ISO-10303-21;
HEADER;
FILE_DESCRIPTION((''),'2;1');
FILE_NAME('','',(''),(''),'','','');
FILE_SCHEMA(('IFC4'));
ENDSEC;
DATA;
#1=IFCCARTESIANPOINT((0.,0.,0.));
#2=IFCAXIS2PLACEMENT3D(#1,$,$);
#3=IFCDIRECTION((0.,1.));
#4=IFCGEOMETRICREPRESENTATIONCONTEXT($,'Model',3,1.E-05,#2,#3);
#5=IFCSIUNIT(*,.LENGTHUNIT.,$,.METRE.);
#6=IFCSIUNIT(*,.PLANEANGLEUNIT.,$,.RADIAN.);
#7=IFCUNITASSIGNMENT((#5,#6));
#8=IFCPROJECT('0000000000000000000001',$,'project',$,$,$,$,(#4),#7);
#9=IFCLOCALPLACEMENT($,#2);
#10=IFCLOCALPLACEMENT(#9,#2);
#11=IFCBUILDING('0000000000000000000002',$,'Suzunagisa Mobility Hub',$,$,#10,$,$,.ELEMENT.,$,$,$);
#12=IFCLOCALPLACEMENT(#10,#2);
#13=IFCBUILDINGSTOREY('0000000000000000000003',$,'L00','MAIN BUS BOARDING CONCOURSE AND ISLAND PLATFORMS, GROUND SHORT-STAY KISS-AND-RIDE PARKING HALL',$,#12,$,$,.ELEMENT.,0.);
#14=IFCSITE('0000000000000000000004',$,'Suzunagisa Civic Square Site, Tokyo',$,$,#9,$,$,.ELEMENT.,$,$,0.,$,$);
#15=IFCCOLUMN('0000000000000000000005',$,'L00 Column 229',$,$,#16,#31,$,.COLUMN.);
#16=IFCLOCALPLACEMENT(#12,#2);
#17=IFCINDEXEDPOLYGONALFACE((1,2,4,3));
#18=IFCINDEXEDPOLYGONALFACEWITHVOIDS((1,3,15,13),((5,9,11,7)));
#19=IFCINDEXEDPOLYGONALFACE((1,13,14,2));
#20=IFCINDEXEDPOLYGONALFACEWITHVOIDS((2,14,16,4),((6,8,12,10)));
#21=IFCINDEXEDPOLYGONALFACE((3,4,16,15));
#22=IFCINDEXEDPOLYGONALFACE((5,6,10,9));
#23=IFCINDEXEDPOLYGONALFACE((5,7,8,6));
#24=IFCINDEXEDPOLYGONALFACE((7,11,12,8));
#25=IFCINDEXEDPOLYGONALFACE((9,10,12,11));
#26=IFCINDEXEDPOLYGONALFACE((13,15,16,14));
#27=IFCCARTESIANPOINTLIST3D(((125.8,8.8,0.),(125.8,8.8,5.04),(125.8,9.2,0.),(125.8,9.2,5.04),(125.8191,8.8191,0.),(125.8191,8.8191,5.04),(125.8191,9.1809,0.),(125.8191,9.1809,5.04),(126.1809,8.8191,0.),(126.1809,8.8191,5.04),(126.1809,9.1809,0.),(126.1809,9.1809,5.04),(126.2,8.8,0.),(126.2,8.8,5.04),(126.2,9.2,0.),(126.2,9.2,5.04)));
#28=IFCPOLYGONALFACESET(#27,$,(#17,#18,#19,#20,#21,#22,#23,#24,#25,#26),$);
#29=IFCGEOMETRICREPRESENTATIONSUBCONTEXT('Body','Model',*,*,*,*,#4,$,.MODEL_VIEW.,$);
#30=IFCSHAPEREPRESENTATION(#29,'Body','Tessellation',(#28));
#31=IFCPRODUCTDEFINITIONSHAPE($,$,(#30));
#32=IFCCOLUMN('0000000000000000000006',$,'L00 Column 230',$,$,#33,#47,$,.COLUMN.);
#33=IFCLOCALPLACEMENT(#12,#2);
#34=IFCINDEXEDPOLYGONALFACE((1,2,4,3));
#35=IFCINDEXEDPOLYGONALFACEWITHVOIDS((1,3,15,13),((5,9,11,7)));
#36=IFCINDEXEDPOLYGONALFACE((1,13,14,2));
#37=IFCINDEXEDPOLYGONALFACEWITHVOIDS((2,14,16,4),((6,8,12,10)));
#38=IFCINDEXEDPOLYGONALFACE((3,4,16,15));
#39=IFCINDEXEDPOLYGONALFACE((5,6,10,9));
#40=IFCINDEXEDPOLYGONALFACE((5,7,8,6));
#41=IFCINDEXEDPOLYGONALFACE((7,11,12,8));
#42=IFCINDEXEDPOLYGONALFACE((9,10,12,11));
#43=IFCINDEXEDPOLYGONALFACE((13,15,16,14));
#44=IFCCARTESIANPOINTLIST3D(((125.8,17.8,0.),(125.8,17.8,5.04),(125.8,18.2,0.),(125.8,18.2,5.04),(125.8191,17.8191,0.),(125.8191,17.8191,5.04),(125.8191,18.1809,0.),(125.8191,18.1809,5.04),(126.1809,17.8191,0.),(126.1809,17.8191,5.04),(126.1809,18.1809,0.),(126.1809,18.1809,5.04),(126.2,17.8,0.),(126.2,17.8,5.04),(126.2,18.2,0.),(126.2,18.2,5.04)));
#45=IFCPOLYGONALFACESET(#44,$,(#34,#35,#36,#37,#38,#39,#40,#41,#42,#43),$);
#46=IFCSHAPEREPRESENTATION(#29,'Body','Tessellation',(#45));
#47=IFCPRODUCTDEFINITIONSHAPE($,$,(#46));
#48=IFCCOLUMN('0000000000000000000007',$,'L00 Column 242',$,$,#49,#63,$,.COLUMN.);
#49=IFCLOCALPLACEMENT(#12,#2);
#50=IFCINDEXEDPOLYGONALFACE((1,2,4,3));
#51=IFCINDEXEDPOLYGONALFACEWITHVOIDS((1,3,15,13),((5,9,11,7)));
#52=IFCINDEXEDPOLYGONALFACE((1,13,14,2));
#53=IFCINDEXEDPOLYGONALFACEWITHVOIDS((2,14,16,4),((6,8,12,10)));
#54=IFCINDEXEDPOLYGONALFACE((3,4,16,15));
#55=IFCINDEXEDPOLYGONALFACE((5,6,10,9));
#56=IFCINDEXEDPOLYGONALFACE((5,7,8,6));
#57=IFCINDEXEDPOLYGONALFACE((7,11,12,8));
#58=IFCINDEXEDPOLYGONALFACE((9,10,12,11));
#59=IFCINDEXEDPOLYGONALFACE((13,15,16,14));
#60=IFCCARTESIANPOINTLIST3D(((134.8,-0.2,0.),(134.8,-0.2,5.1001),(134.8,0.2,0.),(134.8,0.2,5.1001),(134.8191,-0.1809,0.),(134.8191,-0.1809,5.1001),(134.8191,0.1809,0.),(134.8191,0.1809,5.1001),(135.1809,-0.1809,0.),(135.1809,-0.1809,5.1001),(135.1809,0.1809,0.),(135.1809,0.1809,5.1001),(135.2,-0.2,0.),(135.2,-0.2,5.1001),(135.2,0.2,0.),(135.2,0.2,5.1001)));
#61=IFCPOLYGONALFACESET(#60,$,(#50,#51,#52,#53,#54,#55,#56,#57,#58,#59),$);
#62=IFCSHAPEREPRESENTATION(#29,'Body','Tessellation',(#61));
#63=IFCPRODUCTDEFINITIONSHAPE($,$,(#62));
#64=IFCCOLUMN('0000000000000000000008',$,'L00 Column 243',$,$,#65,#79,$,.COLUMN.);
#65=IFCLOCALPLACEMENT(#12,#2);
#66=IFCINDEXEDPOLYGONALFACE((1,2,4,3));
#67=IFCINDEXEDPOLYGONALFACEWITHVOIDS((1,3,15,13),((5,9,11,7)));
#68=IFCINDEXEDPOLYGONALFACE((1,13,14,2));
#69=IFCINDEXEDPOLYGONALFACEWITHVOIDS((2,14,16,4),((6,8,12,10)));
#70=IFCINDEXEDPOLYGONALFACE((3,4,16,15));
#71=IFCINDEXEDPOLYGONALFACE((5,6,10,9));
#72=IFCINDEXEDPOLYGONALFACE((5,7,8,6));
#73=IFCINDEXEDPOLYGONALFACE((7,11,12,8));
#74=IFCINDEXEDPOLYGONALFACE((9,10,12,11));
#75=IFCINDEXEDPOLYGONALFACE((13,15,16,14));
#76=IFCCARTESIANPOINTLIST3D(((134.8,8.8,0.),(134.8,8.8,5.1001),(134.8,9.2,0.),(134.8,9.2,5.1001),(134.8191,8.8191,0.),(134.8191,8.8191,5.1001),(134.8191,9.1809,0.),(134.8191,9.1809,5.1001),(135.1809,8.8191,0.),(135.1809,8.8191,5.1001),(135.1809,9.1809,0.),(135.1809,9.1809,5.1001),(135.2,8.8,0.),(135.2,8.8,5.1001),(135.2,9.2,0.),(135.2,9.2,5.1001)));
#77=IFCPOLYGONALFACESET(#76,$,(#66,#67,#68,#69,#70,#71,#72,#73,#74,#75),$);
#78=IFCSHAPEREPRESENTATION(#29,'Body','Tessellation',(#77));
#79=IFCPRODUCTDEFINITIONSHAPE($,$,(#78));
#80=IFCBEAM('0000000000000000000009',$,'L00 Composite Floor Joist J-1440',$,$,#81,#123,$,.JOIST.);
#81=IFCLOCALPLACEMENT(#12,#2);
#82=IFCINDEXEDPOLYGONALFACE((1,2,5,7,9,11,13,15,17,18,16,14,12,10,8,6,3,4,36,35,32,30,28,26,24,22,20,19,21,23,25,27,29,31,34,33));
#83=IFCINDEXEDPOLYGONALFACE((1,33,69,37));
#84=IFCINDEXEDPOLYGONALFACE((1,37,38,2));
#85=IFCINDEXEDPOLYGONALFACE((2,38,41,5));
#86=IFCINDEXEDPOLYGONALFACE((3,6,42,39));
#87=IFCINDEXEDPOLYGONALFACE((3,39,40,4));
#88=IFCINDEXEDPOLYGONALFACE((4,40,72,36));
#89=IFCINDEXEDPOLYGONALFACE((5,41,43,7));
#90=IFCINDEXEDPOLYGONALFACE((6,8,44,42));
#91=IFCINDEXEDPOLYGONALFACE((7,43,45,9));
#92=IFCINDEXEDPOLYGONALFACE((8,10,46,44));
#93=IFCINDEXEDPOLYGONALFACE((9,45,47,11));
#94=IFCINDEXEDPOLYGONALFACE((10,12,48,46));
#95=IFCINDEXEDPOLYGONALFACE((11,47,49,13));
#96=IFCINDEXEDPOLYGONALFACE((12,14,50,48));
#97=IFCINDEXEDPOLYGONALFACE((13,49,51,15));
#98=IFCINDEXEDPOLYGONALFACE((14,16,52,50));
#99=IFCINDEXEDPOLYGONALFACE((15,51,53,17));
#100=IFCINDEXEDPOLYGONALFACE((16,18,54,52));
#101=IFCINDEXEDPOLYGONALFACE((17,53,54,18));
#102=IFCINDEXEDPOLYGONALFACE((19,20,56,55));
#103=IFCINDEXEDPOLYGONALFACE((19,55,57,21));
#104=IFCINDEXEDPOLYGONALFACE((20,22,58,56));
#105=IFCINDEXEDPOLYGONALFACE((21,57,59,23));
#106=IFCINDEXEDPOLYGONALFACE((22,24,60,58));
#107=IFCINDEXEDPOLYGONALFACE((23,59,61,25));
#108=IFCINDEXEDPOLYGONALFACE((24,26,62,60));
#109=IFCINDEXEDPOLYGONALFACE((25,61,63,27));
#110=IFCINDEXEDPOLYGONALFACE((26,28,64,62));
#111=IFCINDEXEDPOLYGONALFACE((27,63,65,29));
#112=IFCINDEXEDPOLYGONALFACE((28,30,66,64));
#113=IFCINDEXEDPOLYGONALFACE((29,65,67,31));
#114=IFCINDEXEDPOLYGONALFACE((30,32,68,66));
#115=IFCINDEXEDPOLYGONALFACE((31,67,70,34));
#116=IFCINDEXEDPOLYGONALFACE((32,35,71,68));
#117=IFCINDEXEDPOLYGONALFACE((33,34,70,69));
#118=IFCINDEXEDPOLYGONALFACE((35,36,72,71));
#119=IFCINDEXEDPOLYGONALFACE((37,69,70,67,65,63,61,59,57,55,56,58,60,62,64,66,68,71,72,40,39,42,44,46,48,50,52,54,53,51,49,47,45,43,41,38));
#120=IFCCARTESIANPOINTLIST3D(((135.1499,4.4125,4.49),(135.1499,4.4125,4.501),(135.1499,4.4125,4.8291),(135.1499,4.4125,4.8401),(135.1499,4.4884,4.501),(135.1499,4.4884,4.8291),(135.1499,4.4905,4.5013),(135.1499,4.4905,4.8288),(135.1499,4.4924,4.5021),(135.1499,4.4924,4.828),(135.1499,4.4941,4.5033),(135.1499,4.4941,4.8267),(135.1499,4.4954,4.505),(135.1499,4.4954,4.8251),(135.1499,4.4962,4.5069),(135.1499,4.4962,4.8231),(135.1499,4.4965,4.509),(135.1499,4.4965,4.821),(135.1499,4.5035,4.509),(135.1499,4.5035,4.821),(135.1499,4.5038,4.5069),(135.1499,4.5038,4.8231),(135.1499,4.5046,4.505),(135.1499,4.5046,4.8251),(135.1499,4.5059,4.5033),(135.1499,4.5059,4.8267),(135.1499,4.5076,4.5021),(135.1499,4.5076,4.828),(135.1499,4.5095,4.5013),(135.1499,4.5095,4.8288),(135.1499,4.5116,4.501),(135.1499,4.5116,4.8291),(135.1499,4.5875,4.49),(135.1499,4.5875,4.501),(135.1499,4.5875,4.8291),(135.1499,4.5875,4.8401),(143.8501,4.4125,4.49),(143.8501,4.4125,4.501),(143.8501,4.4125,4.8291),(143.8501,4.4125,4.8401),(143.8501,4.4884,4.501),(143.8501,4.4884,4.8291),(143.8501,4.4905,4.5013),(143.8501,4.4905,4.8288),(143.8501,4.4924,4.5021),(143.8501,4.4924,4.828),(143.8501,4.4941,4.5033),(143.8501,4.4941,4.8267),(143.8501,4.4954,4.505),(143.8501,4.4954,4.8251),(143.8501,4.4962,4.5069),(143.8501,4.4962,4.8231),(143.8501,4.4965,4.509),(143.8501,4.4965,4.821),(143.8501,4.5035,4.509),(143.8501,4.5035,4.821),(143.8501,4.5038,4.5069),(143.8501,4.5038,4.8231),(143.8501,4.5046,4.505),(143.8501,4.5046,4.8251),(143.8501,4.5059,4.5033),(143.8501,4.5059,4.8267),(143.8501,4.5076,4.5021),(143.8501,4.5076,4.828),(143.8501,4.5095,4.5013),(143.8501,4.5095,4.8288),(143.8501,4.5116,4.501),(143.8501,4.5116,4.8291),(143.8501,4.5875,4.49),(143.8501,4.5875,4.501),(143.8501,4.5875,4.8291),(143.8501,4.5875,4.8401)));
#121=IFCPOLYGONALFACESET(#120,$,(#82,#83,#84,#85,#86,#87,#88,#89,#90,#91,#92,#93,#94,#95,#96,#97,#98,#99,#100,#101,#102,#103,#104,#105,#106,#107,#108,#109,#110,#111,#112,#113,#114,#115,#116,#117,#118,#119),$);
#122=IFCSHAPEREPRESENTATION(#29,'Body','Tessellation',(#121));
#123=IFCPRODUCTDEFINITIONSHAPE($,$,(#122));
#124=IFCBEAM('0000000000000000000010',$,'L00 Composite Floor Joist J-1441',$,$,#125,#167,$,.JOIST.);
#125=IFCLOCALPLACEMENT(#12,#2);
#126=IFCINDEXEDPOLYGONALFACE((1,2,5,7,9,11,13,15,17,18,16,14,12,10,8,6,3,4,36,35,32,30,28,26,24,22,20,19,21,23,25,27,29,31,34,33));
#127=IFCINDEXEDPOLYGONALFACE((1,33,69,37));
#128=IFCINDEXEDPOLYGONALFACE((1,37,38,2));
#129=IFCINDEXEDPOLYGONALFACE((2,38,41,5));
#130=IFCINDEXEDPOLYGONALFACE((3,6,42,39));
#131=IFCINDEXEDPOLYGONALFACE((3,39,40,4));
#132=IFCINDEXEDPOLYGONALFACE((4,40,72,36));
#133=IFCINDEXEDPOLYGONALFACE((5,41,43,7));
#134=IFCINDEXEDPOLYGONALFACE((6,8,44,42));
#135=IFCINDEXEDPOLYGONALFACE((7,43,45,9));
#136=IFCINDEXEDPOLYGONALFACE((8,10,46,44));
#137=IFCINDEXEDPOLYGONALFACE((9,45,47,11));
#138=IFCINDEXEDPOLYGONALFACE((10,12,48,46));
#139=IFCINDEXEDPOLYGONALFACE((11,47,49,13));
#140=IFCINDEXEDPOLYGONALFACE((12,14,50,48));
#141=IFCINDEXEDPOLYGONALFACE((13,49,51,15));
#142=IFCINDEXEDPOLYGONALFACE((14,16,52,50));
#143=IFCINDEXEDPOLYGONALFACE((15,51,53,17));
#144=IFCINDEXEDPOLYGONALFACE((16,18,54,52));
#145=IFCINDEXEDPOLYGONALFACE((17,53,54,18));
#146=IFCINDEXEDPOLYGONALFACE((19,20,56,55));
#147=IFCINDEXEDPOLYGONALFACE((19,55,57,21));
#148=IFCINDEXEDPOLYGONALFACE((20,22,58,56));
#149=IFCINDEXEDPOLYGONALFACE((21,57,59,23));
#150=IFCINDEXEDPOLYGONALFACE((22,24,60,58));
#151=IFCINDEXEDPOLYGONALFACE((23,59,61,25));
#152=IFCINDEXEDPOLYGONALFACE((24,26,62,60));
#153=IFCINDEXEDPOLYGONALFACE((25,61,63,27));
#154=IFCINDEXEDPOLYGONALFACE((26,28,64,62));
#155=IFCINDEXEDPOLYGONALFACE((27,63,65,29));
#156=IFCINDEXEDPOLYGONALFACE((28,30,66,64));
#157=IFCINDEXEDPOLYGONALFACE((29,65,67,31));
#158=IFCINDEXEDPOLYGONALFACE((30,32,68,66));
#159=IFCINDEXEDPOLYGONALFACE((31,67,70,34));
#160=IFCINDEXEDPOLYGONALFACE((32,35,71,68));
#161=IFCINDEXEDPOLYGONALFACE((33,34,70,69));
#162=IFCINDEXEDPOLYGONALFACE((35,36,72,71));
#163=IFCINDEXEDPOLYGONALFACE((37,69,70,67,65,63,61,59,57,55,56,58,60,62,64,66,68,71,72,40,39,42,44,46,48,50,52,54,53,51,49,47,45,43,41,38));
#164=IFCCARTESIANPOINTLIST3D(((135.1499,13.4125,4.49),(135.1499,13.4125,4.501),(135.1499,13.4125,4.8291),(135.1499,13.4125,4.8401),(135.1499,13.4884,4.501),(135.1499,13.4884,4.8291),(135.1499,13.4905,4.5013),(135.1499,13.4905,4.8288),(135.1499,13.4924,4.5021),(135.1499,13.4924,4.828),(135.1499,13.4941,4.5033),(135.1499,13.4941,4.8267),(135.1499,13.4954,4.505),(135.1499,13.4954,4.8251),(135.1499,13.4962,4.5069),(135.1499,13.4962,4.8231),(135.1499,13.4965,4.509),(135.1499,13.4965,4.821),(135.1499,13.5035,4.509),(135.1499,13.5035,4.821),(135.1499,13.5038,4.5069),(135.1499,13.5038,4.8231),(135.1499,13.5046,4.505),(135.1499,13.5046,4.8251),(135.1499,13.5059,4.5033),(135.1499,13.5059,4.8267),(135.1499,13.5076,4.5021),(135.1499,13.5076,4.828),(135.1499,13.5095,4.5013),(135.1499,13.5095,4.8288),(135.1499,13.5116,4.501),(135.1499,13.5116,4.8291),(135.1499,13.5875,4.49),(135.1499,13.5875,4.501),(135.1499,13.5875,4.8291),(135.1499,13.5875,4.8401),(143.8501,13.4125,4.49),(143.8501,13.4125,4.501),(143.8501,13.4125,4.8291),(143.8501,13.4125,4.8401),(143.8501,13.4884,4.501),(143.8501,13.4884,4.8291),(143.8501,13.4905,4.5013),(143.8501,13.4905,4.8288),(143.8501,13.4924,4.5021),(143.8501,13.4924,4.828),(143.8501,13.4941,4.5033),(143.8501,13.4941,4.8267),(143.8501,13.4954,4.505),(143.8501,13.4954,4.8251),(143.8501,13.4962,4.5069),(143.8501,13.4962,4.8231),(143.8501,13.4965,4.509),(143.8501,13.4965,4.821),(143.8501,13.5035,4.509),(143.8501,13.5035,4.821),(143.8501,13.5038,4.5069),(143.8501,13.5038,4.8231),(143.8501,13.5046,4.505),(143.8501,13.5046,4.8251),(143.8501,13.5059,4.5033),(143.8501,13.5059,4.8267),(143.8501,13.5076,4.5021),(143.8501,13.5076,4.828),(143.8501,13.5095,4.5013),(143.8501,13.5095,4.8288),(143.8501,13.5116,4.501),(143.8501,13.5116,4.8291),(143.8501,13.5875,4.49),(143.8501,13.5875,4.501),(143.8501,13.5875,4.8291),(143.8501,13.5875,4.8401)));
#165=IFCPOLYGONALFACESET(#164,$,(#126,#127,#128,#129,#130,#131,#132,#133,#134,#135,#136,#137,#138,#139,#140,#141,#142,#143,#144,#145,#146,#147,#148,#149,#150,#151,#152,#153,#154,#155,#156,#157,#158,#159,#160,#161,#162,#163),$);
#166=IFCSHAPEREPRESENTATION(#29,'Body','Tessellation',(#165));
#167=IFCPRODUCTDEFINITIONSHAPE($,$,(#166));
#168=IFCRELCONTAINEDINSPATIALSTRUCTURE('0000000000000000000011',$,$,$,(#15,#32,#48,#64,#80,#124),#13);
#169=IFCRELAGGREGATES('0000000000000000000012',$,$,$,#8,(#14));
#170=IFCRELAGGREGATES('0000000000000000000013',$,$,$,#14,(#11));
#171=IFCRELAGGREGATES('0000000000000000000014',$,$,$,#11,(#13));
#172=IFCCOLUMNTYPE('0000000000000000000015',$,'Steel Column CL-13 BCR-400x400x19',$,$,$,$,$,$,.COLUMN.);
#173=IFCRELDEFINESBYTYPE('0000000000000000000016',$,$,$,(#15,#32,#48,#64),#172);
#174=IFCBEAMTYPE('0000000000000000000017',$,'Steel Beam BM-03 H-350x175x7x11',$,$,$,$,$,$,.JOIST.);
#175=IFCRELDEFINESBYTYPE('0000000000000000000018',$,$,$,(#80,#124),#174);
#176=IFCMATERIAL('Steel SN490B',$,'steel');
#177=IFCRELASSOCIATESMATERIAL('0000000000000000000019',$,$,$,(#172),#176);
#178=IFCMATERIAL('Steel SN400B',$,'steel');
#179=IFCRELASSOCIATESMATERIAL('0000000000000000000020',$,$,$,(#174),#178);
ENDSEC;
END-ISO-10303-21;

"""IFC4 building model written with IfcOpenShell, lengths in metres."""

from ifc_helpers import new_model, si_unit, direction, frame, origin, origin_2d, place, context, subcontext, project, spatial, hollow_rectangle, i_section, extrude, material, material_profile, profile_set, type_object, element, save


model = new_model("IFC4")

# Units and contexts
model_context = context("Model", 3, precision=1e-05, world=origin(), true_north=direction((0.0, 1.0)))
body_context = subcontext(model_context, "Body", "Model", "MODEL_VIEW")
ifc_project = project(units=[si_unit("LENGTHUNIT", "METRE"), si_unit("PLANEANGLEUNIT", "RADIAN")], contexts=[model_context])

# Site, building, storey
site_placement = place(None, origin())
site = spatial("IfcSite", under=ifc_project, at=site_placement, Name="Suzunagisa Civic Square Site, Tokyo", CompositionType="ELEMENT", RefElevation=0.0)
building_placement = place(site_placement, origin())
building = spatial("IfcBuilding", under=site, at=building_placement, Name="Suzunagisa Mobility Hub", CompositionType="ELEMENT")
storey_placement = place(building_placement, origin())
storey = spatial("IfcBuildingStorey", under=building, at=storey_placement, Name="L00", Description="MAIN BUS BOARDING CONCOURSE AND ISLAND PLATFORMS, GROUND SHORT-STAY KISS-AND-RIDE PARKING HALL", CompositionType="ELEMENT", Elevation=0.0)

# Columns
ifc_material_1 = material(Name="Steel SN490B", Category="steel")
ifc_material_profile_1 = material_profile(ifc_material_1, hollow_rectangle(XDim=0.3999, YDim=0.3999, WallThickness=0.019, at=origin_2d()), Name="BCR-400x400x19")
ifc_profile_set_1 = profile_set([ifc_material_profile_1], Name="Steel SN490B")
column_type = type_object("IfcColumnType", Name="Steel Column CL-13 BCR-400x400x19", PredefinedType="COLUMN", material=ifc_profile_set_1)
for number, where, z_axis, x_axis, name in (
    (1, (126.0, 9.0, 0.0), (0.0, 0.0, 1.0), (1.0, 0.0, 0.0), "L00 Column 229"),
    (2, (126.0, 18.0, 0.0), (0.0, 0.0, 1.0), (1.0, 0.0, 0.0), "L00 Column 230"),
):
    element("IfcColumn", number, at=place(storey_placement, frame(where, z_axis=z_axis, x_axis=x_axis)), inside=storey, type_object=column_type, Name=name, PredefinedType="COLUMN", context=body_context, shape_type="SweptSolid", body=[
        extrude(hollow_rectangle(XDim=0.3999, YDim=0.3999, WallThickness=0.019, at=origin_2d()), origin(), (0.0, 0.0, 1.0), 5.04),
    ])
for number, where, z_axis, x_axis, name in (
    (3, (135.0, 0.0, 0.0), (0.0, 0.0, 1.0), (1.0, 0.0, 0.0), "L00 Column 242"),
    (4, (135.0, 9.0, 0.0), (0.0, 0.0, 1.0), (1.0, 0.0, 0.0), "L00 Column 243"),
):
    element("IfcColumn", number, at=place(storey_placement, frame(where, z_axis=z_axis, x_axis=x_axis)), inside=storey, type_object=column_type, Name=name, PredefinedType="COLUMN", context=body_context, shape_type="SweptSolid", body=[
        extrude(hollow_rectangle(XDim=0.3999, YDim=0.3999, WallThickness=0.019, at=origin_2d()), origin(), (0.0, 0.0, 1.0), 5.1001),
    ])

# Beams
ifc_material_2 = material(Name="Steel SN400B", Category="steel")
ifc_material_profile_2 = material_profile(ifc_material_2, i_section(OverallWidth=0.175, OverallDepth=0.3501, WebThickness=0.0071, FlangeThickness=0.011, FilletRadius=0.0081, at=origin_2d()), Name="H-350x175x7x11")
ifc_profile_set_2 = profile_set([ifc_material_profile_2], Name="Steel SN400B")
beam_type_1 = type_object("IfcBeamType", Name="Steel Beam BM-03 H-350x175x7x11", PredefinedType="JOIST", material=ifc_profile_set_2)
for number, where, z_axis, x_axis, name in (
    (5, (135.1499, 4.5, 4.665), (1.0, 0.0, 0.0), (0.0, 1.0, 0.0), "L00 Composite Floor Joist J-1440"),
    (6, (135.1499, 13.5, 4.665), (1.0, 0.0, 0.0), (0.0, 1.0, 0.0), "L00 Composite Floor Joist J-1441"),
):
    element("IfcBeam", number, at=place(storey_placement, frame(where, z_axis=z_axis, x_axis=x_axis)), inside=storey, type_object=beam_type_1, Name=name, PredefinedType="JOIST", context=body_context, shape_type="SweptSolid", body=[
        extrude(i_section(OverallWidth=0.175, OverallDepth=0.3501, WebThickness=0.0071, FlangeThickness=0.011, FilletRadius=0.0081, at=origin_2d()), origin(), (0.0, 0.0, 1.0), 8.7002),
    ])

save(model, "model.ifc")
